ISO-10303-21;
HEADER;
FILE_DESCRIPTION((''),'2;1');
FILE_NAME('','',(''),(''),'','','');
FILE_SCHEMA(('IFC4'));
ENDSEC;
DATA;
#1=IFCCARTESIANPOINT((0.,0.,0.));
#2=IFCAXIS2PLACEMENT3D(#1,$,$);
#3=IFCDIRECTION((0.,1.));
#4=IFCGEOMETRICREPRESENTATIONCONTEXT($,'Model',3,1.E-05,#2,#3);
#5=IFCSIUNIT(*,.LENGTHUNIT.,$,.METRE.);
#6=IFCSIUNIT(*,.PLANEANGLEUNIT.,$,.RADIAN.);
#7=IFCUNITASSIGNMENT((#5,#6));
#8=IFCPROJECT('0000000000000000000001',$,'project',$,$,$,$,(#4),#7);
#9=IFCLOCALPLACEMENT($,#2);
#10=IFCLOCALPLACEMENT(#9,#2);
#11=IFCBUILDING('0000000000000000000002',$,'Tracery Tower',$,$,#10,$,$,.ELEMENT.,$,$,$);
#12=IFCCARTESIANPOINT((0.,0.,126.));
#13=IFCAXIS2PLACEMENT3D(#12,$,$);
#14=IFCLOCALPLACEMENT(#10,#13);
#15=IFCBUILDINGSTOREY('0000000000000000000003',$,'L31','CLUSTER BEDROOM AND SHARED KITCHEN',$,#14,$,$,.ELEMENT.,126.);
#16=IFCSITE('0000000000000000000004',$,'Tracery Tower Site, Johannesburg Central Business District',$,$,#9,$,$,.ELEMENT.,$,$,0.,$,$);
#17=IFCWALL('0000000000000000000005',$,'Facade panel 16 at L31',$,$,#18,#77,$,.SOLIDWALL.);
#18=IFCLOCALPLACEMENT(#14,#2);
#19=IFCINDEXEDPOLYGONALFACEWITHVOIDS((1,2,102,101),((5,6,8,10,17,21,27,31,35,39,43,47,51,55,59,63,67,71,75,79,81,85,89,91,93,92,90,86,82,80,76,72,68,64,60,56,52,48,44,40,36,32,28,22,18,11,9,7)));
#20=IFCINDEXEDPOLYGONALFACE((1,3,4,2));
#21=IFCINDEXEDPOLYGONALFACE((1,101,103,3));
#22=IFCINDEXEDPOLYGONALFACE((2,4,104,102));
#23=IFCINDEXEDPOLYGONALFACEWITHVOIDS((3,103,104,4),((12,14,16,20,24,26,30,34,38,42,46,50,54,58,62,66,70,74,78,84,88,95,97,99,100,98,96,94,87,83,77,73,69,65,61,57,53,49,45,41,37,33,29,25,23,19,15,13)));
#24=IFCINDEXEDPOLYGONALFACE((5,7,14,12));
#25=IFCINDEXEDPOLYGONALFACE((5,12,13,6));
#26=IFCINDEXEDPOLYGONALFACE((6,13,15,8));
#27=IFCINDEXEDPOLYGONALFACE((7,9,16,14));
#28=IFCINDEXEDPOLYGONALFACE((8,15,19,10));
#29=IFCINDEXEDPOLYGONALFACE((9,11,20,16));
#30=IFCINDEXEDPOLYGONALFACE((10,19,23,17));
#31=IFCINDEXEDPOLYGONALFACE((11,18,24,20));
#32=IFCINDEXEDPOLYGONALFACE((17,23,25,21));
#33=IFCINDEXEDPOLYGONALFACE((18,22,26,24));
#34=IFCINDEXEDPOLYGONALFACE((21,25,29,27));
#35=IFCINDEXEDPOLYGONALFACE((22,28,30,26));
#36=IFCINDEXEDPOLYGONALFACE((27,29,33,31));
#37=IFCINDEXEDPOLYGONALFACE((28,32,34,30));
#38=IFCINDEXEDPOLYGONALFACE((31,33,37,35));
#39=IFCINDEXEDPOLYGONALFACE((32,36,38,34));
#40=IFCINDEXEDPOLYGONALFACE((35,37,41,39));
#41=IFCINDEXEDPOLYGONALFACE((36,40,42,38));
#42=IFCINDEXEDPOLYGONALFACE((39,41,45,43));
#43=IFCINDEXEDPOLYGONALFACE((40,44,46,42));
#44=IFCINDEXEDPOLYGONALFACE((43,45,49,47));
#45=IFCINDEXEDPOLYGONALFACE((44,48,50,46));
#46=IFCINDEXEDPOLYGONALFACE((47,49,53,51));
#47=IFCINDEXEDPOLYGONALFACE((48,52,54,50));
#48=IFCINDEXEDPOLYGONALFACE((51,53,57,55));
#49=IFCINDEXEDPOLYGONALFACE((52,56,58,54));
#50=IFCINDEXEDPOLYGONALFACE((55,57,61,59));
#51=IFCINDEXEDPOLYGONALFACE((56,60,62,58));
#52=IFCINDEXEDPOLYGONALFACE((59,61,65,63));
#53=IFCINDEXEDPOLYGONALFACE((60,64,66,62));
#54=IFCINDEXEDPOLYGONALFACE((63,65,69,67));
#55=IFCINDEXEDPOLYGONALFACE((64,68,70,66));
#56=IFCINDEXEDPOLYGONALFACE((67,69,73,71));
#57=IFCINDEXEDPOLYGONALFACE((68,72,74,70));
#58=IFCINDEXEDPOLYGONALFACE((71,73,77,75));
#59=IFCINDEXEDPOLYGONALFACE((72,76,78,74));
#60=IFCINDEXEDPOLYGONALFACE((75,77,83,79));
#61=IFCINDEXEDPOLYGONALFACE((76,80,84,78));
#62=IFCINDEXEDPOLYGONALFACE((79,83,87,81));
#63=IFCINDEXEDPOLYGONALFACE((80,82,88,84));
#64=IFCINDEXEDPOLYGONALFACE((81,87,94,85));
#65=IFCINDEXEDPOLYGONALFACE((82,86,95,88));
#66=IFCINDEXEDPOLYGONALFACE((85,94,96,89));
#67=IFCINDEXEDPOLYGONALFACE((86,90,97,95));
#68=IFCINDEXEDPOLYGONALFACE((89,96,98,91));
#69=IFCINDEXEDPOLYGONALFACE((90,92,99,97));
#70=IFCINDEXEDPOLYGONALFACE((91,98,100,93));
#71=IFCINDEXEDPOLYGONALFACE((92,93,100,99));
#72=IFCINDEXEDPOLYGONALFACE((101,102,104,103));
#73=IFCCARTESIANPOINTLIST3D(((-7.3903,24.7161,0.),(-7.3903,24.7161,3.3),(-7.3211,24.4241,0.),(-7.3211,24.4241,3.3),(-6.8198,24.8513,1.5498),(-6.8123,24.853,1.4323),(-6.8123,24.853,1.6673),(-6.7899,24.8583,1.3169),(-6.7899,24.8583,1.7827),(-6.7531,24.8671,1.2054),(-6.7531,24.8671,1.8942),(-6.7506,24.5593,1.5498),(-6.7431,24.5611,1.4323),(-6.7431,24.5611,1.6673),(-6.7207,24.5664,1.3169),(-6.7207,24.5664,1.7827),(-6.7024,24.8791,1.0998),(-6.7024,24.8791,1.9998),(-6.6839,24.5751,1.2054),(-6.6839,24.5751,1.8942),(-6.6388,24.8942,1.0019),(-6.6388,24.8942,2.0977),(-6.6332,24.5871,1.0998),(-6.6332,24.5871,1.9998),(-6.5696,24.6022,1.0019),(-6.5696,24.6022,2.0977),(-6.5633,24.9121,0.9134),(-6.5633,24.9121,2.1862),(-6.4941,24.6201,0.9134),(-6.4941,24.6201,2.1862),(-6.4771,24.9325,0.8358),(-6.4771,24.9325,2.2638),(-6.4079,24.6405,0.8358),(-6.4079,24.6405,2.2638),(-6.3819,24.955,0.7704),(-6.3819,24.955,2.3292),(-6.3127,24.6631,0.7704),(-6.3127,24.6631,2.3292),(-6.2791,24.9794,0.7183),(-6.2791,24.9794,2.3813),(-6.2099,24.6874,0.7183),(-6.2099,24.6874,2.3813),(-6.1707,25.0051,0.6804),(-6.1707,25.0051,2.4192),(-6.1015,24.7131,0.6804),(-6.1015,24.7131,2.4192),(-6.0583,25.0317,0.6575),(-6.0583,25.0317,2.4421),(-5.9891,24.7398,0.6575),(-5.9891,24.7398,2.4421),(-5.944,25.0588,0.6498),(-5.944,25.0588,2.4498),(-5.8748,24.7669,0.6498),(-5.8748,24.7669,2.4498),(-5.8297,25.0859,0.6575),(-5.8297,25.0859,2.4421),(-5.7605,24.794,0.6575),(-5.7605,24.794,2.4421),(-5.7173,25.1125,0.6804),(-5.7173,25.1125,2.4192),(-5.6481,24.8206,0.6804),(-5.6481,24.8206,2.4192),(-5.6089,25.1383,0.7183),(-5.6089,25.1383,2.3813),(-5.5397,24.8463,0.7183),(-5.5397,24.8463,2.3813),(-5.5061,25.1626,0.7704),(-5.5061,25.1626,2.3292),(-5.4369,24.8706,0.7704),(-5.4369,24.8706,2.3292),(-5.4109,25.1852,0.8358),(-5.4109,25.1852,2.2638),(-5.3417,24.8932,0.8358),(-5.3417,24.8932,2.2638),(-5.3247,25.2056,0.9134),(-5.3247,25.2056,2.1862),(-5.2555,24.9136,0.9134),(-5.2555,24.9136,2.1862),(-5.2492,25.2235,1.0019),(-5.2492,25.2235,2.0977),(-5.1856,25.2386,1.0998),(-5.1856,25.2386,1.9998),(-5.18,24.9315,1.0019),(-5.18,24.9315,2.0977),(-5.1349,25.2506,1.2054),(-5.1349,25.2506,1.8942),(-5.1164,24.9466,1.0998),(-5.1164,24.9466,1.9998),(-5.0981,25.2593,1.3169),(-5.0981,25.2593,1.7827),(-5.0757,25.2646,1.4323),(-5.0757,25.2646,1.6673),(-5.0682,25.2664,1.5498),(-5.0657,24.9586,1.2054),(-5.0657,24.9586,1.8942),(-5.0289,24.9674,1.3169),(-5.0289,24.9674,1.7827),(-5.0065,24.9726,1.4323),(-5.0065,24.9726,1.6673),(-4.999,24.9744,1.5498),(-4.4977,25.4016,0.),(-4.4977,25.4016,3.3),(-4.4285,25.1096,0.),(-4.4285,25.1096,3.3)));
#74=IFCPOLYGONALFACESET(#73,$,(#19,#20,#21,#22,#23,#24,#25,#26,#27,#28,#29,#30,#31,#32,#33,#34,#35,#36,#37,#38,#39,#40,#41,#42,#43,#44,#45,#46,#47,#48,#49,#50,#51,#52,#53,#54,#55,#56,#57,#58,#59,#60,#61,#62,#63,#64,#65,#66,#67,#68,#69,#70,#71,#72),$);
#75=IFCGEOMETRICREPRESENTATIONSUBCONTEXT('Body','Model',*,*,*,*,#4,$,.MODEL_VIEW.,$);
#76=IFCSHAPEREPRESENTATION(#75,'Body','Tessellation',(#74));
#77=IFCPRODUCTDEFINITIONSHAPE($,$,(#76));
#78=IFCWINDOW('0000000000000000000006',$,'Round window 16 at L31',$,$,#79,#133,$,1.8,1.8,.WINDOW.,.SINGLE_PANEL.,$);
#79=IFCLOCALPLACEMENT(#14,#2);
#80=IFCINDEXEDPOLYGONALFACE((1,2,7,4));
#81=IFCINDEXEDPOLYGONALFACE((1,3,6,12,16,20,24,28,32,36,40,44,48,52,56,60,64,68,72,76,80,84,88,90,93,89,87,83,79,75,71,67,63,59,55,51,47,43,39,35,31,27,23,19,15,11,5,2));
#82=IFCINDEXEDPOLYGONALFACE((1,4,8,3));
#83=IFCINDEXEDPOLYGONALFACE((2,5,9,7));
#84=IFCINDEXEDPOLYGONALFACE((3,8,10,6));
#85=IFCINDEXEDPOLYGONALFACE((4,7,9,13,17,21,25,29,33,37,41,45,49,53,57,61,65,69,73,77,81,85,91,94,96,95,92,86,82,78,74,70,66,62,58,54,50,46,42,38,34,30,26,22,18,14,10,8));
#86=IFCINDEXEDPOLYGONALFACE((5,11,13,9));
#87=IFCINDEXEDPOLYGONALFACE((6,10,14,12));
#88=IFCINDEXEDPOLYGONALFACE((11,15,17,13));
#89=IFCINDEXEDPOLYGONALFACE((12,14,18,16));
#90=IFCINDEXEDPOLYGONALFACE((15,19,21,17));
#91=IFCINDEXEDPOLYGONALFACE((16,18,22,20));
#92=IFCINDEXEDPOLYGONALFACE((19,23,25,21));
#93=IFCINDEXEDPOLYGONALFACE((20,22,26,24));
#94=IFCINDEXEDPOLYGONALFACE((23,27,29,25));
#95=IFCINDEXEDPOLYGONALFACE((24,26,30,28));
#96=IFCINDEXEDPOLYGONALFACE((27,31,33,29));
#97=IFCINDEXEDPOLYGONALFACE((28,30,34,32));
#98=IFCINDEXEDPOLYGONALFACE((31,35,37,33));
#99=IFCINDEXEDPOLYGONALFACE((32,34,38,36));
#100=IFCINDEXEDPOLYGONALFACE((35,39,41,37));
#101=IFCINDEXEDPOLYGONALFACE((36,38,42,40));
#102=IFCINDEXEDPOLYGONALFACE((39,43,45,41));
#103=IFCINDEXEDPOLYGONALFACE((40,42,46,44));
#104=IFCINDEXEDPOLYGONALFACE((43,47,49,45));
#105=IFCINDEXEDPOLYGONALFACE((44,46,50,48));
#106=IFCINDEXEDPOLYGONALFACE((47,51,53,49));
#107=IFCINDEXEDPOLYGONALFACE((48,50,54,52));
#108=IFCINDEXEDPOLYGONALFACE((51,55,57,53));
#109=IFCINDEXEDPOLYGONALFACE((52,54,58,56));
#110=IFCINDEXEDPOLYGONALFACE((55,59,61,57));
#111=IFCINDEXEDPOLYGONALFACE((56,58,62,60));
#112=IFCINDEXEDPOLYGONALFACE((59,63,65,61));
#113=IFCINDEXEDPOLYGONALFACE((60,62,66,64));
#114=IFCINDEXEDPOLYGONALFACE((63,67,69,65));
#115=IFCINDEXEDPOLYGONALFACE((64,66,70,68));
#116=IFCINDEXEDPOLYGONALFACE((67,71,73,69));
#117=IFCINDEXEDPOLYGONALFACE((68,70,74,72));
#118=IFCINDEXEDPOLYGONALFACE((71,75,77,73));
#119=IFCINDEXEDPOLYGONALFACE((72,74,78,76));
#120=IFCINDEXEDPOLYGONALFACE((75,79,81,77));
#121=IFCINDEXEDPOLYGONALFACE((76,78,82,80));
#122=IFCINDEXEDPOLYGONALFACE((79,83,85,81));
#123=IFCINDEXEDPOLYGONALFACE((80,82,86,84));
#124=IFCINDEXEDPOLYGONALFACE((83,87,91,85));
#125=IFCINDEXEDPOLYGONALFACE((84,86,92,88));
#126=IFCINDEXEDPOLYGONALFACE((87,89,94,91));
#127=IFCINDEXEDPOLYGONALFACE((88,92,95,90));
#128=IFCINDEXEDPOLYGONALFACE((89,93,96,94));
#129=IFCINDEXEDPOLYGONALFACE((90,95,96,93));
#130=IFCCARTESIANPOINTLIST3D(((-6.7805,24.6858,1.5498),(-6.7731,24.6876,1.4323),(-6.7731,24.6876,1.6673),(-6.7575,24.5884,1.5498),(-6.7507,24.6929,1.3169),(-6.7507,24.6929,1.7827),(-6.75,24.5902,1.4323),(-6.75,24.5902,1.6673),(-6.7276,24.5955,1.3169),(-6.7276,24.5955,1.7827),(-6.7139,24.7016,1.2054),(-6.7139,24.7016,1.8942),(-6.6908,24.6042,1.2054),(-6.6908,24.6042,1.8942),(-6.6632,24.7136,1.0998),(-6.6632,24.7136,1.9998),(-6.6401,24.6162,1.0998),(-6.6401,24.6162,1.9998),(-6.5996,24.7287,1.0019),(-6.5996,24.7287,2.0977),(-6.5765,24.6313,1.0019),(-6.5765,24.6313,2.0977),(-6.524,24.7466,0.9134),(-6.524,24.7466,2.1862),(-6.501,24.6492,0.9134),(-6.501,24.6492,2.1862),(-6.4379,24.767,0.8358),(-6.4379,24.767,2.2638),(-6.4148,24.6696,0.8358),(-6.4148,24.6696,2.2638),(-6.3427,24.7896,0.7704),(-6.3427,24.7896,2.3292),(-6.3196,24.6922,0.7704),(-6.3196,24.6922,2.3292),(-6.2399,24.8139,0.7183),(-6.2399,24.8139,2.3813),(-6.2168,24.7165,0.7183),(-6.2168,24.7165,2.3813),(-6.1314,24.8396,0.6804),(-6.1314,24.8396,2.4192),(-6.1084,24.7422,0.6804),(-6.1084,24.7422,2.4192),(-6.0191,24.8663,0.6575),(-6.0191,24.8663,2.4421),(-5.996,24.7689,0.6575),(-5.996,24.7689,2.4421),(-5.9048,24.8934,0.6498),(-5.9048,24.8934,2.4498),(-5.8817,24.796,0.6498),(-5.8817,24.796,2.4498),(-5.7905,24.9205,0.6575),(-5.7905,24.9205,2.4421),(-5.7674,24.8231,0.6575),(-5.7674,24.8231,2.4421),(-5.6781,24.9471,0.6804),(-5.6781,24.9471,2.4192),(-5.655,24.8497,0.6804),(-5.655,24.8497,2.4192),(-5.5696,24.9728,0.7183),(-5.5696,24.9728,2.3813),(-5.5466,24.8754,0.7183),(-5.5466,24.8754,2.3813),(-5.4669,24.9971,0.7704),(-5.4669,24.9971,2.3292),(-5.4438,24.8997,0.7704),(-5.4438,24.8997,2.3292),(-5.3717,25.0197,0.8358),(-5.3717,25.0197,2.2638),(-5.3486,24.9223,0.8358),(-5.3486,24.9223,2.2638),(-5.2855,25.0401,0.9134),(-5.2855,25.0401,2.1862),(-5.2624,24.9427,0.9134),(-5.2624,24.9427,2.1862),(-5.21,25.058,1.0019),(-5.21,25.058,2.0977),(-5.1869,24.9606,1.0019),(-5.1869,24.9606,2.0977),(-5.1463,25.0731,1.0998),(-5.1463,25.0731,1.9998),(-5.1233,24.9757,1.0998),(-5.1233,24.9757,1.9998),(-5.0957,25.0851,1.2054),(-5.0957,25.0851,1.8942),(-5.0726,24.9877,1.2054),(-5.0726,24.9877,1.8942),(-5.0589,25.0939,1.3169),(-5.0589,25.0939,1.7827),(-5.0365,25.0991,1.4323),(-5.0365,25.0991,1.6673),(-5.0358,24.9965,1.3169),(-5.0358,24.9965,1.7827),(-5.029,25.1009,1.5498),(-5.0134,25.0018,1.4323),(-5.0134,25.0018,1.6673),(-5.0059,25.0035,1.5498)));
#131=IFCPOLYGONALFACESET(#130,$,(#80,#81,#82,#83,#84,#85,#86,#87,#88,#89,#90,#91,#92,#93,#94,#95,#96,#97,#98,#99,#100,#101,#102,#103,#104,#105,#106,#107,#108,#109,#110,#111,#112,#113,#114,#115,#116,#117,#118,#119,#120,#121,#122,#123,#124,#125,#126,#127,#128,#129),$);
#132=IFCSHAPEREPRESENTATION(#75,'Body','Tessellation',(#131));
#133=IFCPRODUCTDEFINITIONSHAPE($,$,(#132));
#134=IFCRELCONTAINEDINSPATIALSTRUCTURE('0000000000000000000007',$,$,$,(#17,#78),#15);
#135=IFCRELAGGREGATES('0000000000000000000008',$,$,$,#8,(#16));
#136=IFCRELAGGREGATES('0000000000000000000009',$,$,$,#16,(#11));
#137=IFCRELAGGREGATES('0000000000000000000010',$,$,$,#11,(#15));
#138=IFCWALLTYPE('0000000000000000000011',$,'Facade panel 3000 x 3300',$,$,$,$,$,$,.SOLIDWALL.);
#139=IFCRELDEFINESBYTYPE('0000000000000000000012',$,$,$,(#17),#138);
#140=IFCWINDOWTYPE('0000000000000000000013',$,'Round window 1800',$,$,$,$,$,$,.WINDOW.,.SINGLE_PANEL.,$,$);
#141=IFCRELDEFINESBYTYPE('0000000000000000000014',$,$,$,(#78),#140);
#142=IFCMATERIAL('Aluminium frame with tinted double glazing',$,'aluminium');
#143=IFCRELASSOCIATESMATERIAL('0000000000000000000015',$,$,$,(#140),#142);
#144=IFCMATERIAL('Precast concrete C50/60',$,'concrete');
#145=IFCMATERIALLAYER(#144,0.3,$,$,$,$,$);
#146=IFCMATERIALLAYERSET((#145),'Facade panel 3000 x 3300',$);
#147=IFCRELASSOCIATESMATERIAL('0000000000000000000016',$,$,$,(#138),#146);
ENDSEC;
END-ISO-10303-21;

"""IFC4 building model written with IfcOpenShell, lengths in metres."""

from ifc_helpers import new_model, si_unit, direction, frame, frame_2d, origin, origin_2d, place, context, subcontext, project, spatial, rectangle, circle, extrude, material, layer, layer_set, type_object, element, fill, save


model = new_model("IFC4")

# Units and contexts
model_context = context("Model", 3, precision=1e-05, world=origin(), true_north=direction((0.0, 1.0)))
body_context = subcontext(model_context, "Body", "Model", "MODEL_VIEW")
ifc_project = project(units=[si_unit("LENGTHUNIT", "METRE"), si_unit("PLANEANGLEUNIT", "RADIAN")], contexts=[model_context])

# Site, building, storey
site_placement = place(None, origin())
site = spatial("IfcSite", under=ifc_project, at=site_placement, Name="Tracery Tower Site, Johannesburg Central Business District", CompositionType="ELEMENT", RefElevation=0.0)
building_placement = place(site_placement, origin())
building = spatial("IfcBuilding", under=site, at=building_placement, Name="Tracery Tower", CompositionType="ELEMENT")
storey_placement = place(building_placement, frame((0.0, 0.0, 126.0)))
storey = spatial("IfcBuildingStorey", under=building, at=storey_placement, Name="L31", Description="CLUSTER BEDROOM AND SHARED KITCHEN", CompositionType="ELEMENT", Elevation=126.0)

# Wall, opening, window
ifc_material_1 = material(Name="Aluminium frame with tinted double glazing", Category="aluminium")
window_type = type_object("IfcWindowType", Name="Round window 1800", PartitioningType="SINGLE_PANEL", PredefinedType="WINDOW", material=ifc_material_1)
ifc_material_2 = material(Name="Precast concrete C50/60", Category="concrete")
ifc_layer_1 = layer(ifc_material_2, 0.3)
ifc_layer_set_1 = layer_set([ifc_layer_1], Name="Facade panel 3000 x 3300")
wall_type_1 = type_object("IfcWallType", Name="Facade panel 3000 x 3300", PredefinedType="SOLIDWALL", material=ifc_layer_set_1)
wall_1_placement = place(storey_placement, frame((-4.4631, 25.2556, 0.0), z_axis=(0.0, 0.0, 1.0), x_axis=(-0.973045, -0.230614, 0.0)))
wall_1 = element("IfcWall", 1, at=wall_1_placement, inside=storey, type_object=wall_type_1, Name="Facade panel 16 at L31", PredefinedType="SOLIDWALL", context=body_context, shape_type="SweptSolid", body=[
    extrude(rectangle(XDim=2.9727, YDim=0.3, at=frame_2d((1.4863, 0.0))), origin(), (0.0, 0.0, 1.0), 3.3),
])
opening_1_placement = place(wall_1_placement, frame((1.4863, 0.0, 1.5498)))
opening_1 = element("IfcOpeningElement", 2, at=opening_1_placement, cuts=wall_1, PredefinedType="OPENING", context=body_context, shape_type="SweptSolid", body=[
    extrude(circle(Radius=0.9, at=origin_2d()), frame((0.0, 0.1599, 0.0), z_axis=(0.0, -1.0, 0.0), x_axis=(1.0, 0.0, 0.0)), (0.0, 0.0, 1.0), 0.3201),
])
window_1_placement = place(opening_1_placement, origin())
window_1 = element("IfcWindow", 3, at=window_1_placement, inside=storey, type_object=window_type, Name="Round window 16 at L31", OverallHeight=1.8, OverallWidth=1.8, PartitioningType="SINGLE_PANEL", PredefinedType="WINDOW", context=body_context, shape_type="SweptSolid", body=[
    extrude(circle(Radius=0.9, at=origin_2d()), frame((0.0, 0.1201, 0.0), z_axis=(0.0, -1.0, 0.0), x_axis=(1.0, 0.0, 0.0)), (0.0, 0.0, 1.0), 0.1001),
])
fill(opening_1, window_1)

save(model, "model.ifc")
